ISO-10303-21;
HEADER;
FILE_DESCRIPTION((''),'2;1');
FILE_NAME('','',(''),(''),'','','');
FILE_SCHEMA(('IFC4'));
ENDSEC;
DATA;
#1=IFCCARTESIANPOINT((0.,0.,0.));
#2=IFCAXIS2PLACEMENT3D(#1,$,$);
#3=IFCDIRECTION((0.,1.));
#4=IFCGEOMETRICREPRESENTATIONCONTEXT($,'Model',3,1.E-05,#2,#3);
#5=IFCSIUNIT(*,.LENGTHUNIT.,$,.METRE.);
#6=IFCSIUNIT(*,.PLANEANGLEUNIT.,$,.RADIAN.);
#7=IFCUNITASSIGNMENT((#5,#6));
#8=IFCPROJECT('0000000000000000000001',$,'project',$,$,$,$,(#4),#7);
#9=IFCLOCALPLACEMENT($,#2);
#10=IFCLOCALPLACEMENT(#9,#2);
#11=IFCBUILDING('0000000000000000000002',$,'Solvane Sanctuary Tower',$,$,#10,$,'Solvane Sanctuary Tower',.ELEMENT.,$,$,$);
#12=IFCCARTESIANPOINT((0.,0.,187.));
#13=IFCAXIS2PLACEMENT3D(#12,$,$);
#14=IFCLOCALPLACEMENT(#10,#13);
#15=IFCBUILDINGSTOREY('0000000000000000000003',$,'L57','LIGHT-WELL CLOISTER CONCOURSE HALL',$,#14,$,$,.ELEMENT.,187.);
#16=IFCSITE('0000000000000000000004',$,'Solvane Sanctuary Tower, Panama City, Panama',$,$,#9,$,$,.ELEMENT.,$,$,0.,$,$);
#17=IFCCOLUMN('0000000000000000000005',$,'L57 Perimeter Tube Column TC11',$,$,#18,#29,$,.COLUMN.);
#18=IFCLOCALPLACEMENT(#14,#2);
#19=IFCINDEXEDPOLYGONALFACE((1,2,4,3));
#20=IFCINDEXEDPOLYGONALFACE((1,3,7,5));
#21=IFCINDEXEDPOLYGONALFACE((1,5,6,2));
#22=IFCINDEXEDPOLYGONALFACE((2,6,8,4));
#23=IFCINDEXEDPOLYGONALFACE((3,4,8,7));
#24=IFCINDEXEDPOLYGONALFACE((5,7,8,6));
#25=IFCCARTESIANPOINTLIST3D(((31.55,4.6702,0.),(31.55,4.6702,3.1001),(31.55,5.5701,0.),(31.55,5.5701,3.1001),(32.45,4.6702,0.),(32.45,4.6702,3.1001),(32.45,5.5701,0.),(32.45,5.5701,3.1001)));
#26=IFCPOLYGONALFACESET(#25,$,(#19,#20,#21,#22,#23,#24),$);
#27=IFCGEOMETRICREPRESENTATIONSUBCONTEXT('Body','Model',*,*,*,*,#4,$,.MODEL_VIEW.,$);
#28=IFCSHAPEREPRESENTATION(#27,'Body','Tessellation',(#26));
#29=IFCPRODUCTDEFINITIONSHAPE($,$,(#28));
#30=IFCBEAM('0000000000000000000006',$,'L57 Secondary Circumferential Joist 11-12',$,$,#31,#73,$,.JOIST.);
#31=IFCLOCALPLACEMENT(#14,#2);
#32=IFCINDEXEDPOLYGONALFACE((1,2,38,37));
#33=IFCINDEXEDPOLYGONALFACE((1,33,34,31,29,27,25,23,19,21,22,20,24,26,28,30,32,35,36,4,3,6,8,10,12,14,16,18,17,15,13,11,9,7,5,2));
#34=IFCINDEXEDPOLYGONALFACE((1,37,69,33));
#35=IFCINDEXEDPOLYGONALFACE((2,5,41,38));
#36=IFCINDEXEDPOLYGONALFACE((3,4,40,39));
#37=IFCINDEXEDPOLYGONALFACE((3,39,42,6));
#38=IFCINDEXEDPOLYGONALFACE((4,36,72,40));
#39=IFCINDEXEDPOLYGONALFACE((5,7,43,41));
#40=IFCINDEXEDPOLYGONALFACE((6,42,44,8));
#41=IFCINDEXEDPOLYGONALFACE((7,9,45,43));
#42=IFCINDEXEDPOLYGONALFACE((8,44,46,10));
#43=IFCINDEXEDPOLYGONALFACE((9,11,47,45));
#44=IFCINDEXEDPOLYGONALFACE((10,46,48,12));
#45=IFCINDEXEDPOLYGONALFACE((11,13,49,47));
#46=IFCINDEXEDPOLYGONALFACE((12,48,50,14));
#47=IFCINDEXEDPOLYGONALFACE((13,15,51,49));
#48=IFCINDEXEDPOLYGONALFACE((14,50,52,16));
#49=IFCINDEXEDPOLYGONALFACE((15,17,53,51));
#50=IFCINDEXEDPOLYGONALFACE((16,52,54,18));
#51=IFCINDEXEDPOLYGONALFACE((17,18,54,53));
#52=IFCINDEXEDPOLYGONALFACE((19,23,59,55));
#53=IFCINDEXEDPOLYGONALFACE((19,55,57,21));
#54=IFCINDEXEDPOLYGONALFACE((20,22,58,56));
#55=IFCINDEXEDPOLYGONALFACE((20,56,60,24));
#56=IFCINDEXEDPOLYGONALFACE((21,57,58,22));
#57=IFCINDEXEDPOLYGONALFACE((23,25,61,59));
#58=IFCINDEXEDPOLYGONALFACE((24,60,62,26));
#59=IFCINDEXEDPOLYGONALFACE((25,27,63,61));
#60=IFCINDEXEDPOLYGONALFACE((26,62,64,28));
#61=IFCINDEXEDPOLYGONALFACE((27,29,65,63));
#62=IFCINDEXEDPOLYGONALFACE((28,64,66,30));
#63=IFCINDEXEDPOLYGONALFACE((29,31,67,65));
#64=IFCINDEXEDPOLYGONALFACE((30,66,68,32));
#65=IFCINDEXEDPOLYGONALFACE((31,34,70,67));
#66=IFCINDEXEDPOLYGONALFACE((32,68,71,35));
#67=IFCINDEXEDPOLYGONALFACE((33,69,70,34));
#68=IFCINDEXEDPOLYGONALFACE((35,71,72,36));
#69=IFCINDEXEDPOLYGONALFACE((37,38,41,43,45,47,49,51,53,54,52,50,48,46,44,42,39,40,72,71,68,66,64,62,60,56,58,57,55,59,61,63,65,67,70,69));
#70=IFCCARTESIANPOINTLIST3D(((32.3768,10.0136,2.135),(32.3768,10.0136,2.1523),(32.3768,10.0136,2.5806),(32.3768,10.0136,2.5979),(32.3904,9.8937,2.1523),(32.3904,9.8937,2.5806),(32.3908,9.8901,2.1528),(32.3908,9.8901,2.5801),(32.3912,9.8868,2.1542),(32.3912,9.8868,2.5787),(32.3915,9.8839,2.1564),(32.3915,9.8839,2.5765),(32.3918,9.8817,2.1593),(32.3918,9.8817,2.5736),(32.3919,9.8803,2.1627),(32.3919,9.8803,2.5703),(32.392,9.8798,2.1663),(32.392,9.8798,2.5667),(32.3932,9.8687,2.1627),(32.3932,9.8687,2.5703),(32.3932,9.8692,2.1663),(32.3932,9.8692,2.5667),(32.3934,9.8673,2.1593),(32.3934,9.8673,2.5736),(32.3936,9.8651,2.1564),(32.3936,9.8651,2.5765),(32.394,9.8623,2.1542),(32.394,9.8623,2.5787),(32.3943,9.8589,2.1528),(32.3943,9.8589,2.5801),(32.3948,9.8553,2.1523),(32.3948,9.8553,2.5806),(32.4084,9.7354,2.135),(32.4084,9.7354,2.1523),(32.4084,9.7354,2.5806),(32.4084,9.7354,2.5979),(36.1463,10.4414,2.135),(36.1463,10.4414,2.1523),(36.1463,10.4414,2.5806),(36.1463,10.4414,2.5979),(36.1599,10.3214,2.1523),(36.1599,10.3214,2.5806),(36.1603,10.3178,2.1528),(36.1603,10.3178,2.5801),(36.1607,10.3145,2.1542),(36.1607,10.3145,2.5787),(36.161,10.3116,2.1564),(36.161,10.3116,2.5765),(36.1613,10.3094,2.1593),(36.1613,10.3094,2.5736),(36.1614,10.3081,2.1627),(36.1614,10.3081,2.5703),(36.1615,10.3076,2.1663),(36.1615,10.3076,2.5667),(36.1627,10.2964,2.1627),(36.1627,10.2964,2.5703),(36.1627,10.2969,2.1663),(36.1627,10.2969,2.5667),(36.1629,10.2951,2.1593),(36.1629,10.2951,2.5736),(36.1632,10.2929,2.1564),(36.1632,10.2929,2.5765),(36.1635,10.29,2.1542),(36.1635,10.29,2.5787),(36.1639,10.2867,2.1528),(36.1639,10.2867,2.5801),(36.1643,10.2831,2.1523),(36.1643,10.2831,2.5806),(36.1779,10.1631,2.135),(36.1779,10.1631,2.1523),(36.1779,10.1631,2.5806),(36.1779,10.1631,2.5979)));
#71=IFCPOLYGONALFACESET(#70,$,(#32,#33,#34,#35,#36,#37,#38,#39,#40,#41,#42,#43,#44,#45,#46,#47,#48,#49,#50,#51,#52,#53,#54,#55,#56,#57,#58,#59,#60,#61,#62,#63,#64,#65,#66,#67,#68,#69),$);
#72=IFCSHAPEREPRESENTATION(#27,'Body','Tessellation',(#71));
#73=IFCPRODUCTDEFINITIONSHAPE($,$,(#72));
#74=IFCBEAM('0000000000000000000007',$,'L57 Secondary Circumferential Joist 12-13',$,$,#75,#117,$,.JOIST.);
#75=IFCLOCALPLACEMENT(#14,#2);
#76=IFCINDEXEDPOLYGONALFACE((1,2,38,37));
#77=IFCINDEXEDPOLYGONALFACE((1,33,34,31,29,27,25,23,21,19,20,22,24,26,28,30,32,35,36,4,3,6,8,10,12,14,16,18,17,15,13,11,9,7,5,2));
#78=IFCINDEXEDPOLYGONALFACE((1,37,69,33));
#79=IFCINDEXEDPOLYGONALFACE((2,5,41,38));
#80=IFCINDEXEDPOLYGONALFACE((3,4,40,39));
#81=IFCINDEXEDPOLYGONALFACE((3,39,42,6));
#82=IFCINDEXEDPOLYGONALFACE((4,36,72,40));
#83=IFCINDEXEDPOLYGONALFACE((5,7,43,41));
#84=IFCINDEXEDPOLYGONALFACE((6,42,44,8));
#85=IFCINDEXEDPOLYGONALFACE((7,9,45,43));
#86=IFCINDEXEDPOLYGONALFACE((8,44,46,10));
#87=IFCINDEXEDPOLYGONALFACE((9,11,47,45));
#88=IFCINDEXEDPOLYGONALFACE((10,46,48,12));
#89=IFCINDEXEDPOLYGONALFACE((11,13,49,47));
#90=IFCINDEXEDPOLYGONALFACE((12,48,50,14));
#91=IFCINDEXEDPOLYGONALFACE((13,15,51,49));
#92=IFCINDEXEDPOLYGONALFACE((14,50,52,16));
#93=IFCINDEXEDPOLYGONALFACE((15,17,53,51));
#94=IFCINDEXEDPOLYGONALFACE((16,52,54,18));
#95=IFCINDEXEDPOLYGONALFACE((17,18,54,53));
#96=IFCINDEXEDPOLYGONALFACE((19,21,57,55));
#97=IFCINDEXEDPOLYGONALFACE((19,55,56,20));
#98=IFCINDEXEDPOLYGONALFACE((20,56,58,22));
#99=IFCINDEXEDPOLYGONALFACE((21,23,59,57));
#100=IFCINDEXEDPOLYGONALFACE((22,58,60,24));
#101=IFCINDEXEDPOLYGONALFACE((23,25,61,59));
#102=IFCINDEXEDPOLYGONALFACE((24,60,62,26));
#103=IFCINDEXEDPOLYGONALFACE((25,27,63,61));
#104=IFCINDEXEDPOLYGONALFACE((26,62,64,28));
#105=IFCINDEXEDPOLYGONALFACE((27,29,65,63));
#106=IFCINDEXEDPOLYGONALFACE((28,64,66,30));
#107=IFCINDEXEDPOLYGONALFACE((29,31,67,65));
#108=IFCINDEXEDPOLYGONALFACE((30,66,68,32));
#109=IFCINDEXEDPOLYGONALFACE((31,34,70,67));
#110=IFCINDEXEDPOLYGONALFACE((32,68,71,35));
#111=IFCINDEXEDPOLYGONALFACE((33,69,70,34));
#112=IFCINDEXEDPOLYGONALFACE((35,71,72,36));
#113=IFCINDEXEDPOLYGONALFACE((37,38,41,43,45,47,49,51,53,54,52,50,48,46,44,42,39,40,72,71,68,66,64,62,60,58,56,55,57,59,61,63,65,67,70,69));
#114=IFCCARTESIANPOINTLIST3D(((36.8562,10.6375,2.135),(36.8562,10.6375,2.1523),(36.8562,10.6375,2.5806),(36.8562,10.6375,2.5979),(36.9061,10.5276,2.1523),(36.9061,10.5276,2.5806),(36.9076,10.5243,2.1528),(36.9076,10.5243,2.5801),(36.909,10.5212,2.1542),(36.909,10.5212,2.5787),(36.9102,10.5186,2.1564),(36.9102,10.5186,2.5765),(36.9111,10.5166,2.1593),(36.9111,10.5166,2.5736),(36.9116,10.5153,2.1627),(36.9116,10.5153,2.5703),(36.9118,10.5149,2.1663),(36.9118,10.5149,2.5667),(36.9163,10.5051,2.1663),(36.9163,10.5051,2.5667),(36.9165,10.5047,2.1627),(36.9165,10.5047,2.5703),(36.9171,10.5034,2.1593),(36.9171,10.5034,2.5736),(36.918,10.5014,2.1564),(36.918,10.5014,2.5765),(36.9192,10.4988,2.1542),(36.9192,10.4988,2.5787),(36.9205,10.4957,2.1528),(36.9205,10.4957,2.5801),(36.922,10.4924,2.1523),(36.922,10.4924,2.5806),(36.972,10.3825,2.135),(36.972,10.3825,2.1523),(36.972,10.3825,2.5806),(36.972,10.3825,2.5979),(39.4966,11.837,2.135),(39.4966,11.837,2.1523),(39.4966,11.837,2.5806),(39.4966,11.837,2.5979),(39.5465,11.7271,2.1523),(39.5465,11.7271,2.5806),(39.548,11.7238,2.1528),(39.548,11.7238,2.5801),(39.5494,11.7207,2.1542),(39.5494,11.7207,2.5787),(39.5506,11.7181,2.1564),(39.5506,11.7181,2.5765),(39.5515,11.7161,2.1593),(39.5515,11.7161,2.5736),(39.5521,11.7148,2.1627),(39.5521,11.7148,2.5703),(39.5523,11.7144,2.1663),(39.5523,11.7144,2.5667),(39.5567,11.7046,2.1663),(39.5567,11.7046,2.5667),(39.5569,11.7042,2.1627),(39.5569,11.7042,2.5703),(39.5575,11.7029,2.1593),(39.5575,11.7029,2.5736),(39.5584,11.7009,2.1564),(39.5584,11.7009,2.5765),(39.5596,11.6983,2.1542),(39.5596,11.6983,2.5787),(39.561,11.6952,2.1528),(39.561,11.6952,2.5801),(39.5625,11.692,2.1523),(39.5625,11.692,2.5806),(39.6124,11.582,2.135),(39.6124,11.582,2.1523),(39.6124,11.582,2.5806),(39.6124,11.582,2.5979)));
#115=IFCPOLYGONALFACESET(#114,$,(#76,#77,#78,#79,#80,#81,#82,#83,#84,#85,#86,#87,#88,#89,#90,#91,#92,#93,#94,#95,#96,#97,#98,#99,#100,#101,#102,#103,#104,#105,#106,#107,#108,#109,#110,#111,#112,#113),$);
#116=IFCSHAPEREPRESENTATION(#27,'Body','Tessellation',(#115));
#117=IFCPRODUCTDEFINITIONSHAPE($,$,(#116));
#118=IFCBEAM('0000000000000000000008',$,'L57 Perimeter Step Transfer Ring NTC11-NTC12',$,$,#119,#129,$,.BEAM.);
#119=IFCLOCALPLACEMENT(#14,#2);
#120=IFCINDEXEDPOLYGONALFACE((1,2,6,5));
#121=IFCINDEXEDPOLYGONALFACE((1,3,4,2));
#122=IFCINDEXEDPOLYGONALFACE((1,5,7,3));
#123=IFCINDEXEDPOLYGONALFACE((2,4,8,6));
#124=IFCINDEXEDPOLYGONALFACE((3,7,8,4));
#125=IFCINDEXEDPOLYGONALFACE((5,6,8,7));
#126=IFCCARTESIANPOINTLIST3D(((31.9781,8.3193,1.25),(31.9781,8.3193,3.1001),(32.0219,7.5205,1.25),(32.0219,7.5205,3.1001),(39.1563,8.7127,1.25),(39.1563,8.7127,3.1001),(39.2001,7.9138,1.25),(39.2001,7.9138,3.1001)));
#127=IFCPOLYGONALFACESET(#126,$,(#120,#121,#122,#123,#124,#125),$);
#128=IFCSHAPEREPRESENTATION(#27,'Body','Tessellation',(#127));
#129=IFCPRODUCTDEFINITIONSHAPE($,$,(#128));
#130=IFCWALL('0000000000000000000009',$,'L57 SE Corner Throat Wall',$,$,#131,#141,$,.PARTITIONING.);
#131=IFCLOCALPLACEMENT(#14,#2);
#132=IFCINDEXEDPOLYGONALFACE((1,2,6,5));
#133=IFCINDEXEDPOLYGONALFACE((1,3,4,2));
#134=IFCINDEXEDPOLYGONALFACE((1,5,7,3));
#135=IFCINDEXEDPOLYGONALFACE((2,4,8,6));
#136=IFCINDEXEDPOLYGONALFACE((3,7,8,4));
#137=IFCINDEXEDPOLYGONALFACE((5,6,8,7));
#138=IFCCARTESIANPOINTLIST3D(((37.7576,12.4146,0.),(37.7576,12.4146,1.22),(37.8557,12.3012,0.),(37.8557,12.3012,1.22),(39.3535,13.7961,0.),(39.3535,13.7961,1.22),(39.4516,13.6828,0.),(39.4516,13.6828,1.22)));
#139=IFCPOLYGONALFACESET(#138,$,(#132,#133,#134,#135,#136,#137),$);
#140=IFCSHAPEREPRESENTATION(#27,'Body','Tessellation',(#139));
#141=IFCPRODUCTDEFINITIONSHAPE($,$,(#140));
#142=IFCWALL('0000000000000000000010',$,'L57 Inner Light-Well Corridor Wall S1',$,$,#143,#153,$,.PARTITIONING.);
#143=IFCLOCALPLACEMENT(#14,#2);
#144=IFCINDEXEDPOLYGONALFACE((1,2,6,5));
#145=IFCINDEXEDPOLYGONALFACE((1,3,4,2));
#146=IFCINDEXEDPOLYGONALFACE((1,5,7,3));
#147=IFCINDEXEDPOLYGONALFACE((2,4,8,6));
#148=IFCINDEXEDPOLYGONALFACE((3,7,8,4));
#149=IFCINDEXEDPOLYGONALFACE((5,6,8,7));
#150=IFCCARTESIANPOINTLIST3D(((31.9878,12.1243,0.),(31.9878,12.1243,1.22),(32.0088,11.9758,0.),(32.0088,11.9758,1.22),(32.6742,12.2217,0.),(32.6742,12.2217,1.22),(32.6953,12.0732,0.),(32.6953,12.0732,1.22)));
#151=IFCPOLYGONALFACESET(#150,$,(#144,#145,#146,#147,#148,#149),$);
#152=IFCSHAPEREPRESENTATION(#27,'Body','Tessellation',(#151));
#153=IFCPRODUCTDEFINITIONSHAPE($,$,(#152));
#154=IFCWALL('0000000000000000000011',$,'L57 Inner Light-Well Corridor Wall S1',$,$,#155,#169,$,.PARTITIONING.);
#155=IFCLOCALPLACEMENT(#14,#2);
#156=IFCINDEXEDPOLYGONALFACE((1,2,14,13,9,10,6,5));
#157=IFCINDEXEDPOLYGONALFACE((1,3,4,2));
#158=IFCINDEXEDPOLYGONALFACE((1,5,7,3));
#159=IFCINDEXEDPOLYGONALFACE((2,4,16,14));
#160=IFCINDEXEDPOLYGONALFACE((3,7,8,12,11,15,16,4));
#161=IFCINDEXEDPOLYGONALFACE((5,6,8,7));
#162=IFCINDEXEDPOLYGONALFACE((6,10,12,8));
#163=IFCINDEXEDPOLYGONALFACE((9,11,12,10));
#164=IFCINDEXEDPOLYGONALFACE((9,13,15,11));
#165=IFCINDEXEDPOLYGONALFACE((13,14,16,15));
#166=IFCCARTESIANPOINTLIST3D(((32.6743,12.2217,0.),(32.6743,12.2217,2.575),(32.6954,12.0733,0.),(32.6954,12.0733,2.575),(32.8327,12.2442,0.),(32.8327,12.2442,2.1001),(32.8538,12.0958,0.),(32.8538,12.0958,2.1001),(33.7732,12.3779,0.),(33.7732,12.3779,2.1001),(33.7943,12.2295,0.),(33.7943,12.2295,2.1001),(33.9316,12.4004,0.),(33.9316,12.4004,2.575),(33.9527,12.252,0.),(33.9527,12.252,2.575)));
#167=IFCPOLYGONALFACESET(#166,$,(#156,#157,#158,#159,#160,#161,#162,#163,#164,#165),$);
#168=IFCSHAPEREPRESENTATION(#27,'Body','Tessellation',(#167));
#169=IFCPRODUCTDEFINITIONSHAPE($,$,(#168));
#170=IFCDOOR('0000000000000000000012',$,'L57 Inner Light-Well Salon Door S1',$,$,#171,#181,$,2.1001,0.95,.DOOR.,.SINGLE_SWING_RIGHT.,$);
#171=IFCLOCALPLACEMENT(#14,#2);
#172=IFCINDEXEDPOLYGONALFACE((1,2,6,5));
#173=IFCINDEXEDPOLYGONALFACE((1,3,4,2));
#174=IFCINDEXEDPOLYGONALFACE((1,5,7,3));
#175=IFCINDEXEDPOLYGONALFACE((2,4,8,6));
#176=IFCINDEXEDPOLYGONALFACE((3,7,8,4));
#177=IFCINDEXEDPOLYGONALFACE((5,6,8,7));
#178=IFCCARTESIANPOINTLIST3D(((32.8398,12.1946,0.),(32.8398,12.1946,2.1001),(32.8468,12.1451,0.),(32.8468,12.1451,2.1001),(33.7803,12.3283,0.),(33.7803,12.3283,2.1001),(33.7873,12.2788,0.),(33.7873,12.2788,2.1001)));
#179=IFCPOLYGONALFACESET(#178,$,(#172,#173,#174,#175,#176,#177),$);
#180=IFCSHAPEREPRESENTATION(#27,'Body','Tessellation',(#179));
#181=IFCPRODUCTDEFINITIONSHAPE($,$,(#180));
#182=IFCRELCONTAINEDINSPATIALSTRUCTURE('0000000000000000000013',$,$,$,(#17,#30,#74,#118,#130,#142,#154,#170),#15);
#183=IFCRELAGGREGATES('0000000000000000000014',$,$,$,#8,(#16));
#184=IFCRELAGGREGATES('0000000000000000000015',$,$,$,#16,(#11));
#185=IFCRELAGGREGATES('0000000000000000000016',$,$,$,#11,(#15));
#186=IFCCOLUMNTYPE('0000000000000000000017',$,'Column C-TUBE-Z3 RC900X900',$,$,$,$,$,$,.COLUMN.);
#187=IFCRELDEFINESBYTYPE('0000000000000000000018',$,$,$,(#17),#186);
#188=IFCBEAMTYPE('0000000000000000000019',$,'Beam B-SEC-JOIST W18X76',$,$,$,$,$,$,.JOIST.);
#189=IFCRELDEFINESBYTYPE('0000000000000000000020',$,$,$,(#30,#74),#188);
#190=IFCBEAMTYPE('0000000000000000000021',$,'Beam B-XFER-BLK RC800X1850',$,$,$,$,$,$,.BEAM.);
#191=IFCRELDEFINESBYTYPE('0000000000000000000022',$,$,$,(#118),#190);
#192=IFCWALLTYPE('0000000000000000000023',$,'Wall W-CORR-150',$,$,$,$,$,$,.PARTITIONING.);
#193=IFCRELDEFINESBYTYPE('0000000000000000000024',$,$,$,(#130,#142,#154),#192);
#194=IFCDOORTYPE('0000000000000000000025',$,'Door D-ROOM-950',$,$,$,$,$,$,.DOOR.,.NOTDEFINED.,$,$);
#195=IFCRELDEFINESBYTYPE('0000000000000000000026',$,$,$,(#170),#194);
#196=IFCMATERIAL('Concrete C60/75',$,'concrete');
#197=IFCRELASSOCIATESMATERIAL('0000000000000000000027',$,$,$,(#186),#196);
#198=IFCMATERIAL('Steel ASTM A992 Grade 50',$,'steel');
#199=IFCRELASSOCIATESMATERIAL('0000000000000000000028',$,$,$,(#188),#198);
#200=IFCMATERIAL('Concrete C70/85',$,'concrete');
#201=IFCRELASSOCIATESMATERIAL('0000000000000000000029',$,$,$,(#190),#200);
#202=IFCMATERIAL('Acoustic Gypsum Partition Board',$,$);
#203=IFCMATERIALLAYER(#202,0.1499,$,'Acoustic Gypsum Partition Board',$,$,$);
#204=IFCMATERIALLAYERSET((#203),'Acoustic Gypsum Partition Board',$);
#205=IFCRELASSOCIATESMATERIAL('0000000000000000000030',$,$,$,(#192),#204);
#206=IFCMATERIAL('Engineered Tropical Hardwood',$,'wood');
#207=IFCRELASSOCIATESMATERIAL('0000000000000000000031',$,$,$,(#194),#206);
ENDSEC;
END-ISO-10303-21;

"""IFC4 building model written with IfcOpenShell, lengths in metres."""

from ifc_helpers import new_model, si_unit, direction, frame, frame_2d, origin, origin_2d, place, context, subcontext, project, spatial, rectangle, i_section, extrude, material, layer, layer_set, material_profile, profile_set, type_object, element, fill, save


model = new_model("IFC4")

# Units and contexts
model_context = context("Model", 3, precision=1e-05, world=origin(), true_north=direction((0.0, 1.0)))
body_context = subcontext(model_context, "Body", "Model", "MODEL_VIEW")
ifc_project = project(units=[si_unit("LENGTHUNIT", "METRE"), si_unit("PLANEANGLEUNIT", "RADIAN")], contexts=[model_context])

# Site, building, storey
site_placement = place(None, origin())
site = spatial("IfcSite", under=ifc_project, at=site_placement, Name="Solvane Sanctuary Tower, Panama City, Panama", CompositionType="ELEMENT", RefElevation=0.0)
building_placement = place(site_placement, origin())
building = spatial("IfcBuilding", under=site, at=building_placement, Name="Solvane Sanctuary Tower", LongName="Solvane Sanctuary Tower", CompositionType="ELEMENT")
storey_placement = place(building_placement, frame((0.0, 0.0, 187.0)))
storey = spatial("IfcBuildingStorey", under=building, at=storey_placement, Name="L57", Description="LIGHT-WELL CLOISTER CONCOURSE HALL", CompositionType="ELEMENT", Elevation=187.0)

# Column
ifc_material_1 = material(Name="Concrete C60/75", Category="concrete")
ifc_material_profile_1 = material_profile(ifc_material_1, rectangle(XDim=0.8999, YDim=0.8999, at=origin_2d()), Name="RC900X900")
ifc_profile_set_1 = profile_set([ifc_material_profile_1], Name="Concrete C60/75")
column_type = type_object("IfcColumnType", Name="Column C-TUBE-Z3 RC900X900", PredefinedType="COLUMN", material=ifc_profile_set_1)
column_placement = place(storey_placement, frame((32.0, 5.1201, 0.0), z_axis=(0.0, 0.0, 1.0), x_axis=(0.0, -1.0, 0.0)))
element("IfcColumn", 1, at=column_placement, inside=storey, type_object=column_type, Name="L57 Perimeter Tube Column TC11", PredefinedType="COLUMN", context=body_context, shape_type="SweptSolid", body=[
    extrude(rectangle(XDim=0.8999, YDim=0.8999, at=origin_2d()), origin(), (0.0, 0.0, 1.0), 3.1001),
])

# Beams
ifc_material_2 = material(Name="Steel ASTM A992 Grade 50", Category="steel")
ifc_material_profile_2 = material_profile(ifc_material_2, i_section(OverallWidth=0.28, OverallDepth=0.4629, WebThickness=0.0107, FlangeThickness=0.0173, FilletRadius=0.0139, at=origin_2d()), Name="W18X76")
ifc_profile_set_2 = profile_set([ifc_material_profile_2], Name="Steel ASTM A992 Grade 50")
beam_type_1 = type_object("IfcBeamType", Name="Beam B-SEC-JOIST W18X76", PredefinedType="JOIST", material=ifc_profile_set_2)
beam_1_placement = place(storey_placement, frame((32.3926, 9.8745, 2.3665), z_axis=(0.993624, 0.112748, 0.0), x_axis=(-0.112748, 0.993624, 0.0)))
element("IfcBeam", 2, at=beam_1_placement, inside=storey, type_object=beam_type_1, Name="L57 Secondary Circumferential Joist 11-12", PredefinedType="JOIST", context=body_context, shape_type="SweptSolid", body=[
    extrude(i_section(OverallWidth=0.28, OverallDepth=0.4629, WebThickness=0.0107, FlangeThickness=0.0173, FilletRadius=0.0139, at=origin_2d()), origin(), (0.0, 0.0, 1.0), 3.7937),
])
beam_2_placement = place(storey_placement, frame((36.9141, 10.51, 2.3665), z_axis=(0.910459, 0.4136, 0.0), x_axis=(-0.4136, 0.910459, 0.0)))
element("IfcBeam", 3, at=beam_2_placement, inside=storey, type_object=beam_type_1, Name="L57 Secondary Circumferential Joist 12-13", PredefinedType="JOIST", context=body_context, shape_type="SweptSolid", body=[
    extrude(i_section(OverallWidth=0.28, OverallDepth=0.4629, WebThickness=0.0107, FlangeThickness=0.0173, FilletRadius=0.0139, at=origin_2d()), origin(), (0.0, 0.0, 1.0), 2.9001),
])
ifc_material_3 = material(Name="Concrete C70/85", Category="concrete")
ifc_material_profile_3 = material_profile(ifc_material_3, rectangle(XDim=0.8, YDim=1.8501, at=origin_2d()), Name="RC800X1850")
ifc_profile_set_3 = profile_set([ifc_material_profile_3], Name="Concrete C70/85")
beam_type_2 = type_object("IfcBeamType", Name="Beam B-XFER-BLK RC800X1850", PredefinedType="BEAM", material=ifc_profile_set_3)
beam_3_placement = place(storey_placement, frame((32.0, 7.9199, 2.175), z_axis=(0.998502, 0.05471, 0.0), x_axis=(-0.05471, 0.998502, 0.0)))
element("IfcBeam", 4, at=beam_3_placement, inside=storey, type_object=beam_type_2, Name="L57 Perimeter Step Transfer Ring NTC11-NTC12", PredefinedType="BEAM", context=body_context, shape_type="SweptSolid", body=[
    extrude(rectangle(XDim=0.8, YDim=1.8501, at=origin_2d()), origin(), (0.0, 0.0, 1.0), 7.189),
])

# Walls
ifc_material_4 = material(Name="Acoustic Gypsum Partition Board")
ifc_layer_1 = layer(ifc_material_4, 0.1499, Name="Acoustic Gypsum Partition Board")
ifc_layer_set_1 = layer_set([ifc_layer_1], Name="Acoustic Gypsum Partition Board")
wall_type_1 = type_object("IfcWallType", Name="Wall W-CORR-150", PredefinedType="PARTITIONING", material=ifc_layer_set_1)
wall_1_placement = place(storey_placement, frame((37.8066, 12.3579, 0.0), z_axis=(0.0, 0.0, 1.0), x_axis=(0.756055, 0.654508, 0.0)))
element("IfcWall", 5, at=wall_1_placement, inside=storey, type_object=wall_type_1, Name="L57 SE Corner Throat Wall", PredefinedType="PARTITIONING", context=body_context, shape_type="SweptSolid", body=[
    extrude(rectangle(XDim=2.1108, YDim=0.1499, at=frame_2d((1.0554, 0.0))), origin(), (0.0, 0.0, 1.0), 1.22),
])
wall_2_placement = place(storey_placement, frame((31.9983, 12.05, 0.0), z_axis=(0.0, 0.0, 1.0), x_axis=(0.990083, 0.140485, 0.0)))
element("IfcWall", 6, at=wall_2_placement, inside=storey, type_object=wall_type_1, Name="L57 Inner Light-Well Corridor Wall S1", PredefinedType="PARTITIONING", context=body_context, shape_type="SweptSolid", body=[
    extrude(rectangle(XDim=0.6934, YDim=0.1499, at=frame_2d((0.3467, 0.0))), origin(), (0.0, 0.0, 1.0), 1.22),
])

# Wall, opening, door
wall_3_placement = place(storey_placement, frame((32.6848, 12.1475, 0.0), z_axis=(0.0, 0.0, 1.0), x_axis=(0.990049, 0.140722, 0.0)))
wall_3 = element("IfcWall", 7, at=wall_3_placement, inside=storey, type_object=wall_type_1, Name="L57 Inner Light-Well Corridor Wall S1", PredefinedType="PARTITIONING", context=body_context, shape_type="SweptSolid", body=[
    extrude(rectangle(XDim=1.27, YDim=0.1499, at=frame_2d((0.635, 0.0))), origin(), (0.0, 0.0, 1.0), 2.575),
])
opening_1_placement = place(wall_3_placement, frame((0.1599, 0.0, 0.0)))
opening_1 = element("IfcOpeningElement", 8, at=opening_1_placement, cuts=wall_3, PredefinedType="OPENING", context=body_context, shape_type="SweptSolid", body=[
    extrude(rectangle(XDim=0.95, YDim=2.1001, at=frame_2d((0.4751, 1.05))), frame((0.0, 0.085, 0.0), z_axis=(0.0, -1.0, 0.0), x_axis=(1.0, 0.0, 0.0)), (0.0, 0.0, 1.0), 0.1699),
])
ifc_material_5 = material(Name="Engineered Tropical Hardwood", Category="wood")
door_type_1 = type_object("IfcDoorType", Name="Door D-ROOM-950", OperationType="NOTDEFINED", PredefinedType="DOOR", material=ifc_material_5)
door_1_placement = place(opening_1_placement, origin())
door_1 = element("IfcDoor", 9, at=door_1_placement, inside=storey, type_object=door_type_1, Name="L57 Inner Light-Well Salon Door S1", OperationType="SINGLE_SWING_RIGHT", OverallHeight=2.1001, OverallWidth=0.95, PredefinedType="DOOR", context=body_context, shape_type="SweptSolid", body=[
    extrude(rectangle(XDim=0.95, YDim=2.1001, at=frame_2d((0.4751, 1.05))), frame((0.0, 0.0249, 0.0), z_axis=(0.0, -1.0, 0.0), x_axis=(1.0, 0.0, 0.0)), (0.0, 0.0, 1.0), 0.05),
])
fill(opening_1, door_1)

save(model, "model.ifc")
